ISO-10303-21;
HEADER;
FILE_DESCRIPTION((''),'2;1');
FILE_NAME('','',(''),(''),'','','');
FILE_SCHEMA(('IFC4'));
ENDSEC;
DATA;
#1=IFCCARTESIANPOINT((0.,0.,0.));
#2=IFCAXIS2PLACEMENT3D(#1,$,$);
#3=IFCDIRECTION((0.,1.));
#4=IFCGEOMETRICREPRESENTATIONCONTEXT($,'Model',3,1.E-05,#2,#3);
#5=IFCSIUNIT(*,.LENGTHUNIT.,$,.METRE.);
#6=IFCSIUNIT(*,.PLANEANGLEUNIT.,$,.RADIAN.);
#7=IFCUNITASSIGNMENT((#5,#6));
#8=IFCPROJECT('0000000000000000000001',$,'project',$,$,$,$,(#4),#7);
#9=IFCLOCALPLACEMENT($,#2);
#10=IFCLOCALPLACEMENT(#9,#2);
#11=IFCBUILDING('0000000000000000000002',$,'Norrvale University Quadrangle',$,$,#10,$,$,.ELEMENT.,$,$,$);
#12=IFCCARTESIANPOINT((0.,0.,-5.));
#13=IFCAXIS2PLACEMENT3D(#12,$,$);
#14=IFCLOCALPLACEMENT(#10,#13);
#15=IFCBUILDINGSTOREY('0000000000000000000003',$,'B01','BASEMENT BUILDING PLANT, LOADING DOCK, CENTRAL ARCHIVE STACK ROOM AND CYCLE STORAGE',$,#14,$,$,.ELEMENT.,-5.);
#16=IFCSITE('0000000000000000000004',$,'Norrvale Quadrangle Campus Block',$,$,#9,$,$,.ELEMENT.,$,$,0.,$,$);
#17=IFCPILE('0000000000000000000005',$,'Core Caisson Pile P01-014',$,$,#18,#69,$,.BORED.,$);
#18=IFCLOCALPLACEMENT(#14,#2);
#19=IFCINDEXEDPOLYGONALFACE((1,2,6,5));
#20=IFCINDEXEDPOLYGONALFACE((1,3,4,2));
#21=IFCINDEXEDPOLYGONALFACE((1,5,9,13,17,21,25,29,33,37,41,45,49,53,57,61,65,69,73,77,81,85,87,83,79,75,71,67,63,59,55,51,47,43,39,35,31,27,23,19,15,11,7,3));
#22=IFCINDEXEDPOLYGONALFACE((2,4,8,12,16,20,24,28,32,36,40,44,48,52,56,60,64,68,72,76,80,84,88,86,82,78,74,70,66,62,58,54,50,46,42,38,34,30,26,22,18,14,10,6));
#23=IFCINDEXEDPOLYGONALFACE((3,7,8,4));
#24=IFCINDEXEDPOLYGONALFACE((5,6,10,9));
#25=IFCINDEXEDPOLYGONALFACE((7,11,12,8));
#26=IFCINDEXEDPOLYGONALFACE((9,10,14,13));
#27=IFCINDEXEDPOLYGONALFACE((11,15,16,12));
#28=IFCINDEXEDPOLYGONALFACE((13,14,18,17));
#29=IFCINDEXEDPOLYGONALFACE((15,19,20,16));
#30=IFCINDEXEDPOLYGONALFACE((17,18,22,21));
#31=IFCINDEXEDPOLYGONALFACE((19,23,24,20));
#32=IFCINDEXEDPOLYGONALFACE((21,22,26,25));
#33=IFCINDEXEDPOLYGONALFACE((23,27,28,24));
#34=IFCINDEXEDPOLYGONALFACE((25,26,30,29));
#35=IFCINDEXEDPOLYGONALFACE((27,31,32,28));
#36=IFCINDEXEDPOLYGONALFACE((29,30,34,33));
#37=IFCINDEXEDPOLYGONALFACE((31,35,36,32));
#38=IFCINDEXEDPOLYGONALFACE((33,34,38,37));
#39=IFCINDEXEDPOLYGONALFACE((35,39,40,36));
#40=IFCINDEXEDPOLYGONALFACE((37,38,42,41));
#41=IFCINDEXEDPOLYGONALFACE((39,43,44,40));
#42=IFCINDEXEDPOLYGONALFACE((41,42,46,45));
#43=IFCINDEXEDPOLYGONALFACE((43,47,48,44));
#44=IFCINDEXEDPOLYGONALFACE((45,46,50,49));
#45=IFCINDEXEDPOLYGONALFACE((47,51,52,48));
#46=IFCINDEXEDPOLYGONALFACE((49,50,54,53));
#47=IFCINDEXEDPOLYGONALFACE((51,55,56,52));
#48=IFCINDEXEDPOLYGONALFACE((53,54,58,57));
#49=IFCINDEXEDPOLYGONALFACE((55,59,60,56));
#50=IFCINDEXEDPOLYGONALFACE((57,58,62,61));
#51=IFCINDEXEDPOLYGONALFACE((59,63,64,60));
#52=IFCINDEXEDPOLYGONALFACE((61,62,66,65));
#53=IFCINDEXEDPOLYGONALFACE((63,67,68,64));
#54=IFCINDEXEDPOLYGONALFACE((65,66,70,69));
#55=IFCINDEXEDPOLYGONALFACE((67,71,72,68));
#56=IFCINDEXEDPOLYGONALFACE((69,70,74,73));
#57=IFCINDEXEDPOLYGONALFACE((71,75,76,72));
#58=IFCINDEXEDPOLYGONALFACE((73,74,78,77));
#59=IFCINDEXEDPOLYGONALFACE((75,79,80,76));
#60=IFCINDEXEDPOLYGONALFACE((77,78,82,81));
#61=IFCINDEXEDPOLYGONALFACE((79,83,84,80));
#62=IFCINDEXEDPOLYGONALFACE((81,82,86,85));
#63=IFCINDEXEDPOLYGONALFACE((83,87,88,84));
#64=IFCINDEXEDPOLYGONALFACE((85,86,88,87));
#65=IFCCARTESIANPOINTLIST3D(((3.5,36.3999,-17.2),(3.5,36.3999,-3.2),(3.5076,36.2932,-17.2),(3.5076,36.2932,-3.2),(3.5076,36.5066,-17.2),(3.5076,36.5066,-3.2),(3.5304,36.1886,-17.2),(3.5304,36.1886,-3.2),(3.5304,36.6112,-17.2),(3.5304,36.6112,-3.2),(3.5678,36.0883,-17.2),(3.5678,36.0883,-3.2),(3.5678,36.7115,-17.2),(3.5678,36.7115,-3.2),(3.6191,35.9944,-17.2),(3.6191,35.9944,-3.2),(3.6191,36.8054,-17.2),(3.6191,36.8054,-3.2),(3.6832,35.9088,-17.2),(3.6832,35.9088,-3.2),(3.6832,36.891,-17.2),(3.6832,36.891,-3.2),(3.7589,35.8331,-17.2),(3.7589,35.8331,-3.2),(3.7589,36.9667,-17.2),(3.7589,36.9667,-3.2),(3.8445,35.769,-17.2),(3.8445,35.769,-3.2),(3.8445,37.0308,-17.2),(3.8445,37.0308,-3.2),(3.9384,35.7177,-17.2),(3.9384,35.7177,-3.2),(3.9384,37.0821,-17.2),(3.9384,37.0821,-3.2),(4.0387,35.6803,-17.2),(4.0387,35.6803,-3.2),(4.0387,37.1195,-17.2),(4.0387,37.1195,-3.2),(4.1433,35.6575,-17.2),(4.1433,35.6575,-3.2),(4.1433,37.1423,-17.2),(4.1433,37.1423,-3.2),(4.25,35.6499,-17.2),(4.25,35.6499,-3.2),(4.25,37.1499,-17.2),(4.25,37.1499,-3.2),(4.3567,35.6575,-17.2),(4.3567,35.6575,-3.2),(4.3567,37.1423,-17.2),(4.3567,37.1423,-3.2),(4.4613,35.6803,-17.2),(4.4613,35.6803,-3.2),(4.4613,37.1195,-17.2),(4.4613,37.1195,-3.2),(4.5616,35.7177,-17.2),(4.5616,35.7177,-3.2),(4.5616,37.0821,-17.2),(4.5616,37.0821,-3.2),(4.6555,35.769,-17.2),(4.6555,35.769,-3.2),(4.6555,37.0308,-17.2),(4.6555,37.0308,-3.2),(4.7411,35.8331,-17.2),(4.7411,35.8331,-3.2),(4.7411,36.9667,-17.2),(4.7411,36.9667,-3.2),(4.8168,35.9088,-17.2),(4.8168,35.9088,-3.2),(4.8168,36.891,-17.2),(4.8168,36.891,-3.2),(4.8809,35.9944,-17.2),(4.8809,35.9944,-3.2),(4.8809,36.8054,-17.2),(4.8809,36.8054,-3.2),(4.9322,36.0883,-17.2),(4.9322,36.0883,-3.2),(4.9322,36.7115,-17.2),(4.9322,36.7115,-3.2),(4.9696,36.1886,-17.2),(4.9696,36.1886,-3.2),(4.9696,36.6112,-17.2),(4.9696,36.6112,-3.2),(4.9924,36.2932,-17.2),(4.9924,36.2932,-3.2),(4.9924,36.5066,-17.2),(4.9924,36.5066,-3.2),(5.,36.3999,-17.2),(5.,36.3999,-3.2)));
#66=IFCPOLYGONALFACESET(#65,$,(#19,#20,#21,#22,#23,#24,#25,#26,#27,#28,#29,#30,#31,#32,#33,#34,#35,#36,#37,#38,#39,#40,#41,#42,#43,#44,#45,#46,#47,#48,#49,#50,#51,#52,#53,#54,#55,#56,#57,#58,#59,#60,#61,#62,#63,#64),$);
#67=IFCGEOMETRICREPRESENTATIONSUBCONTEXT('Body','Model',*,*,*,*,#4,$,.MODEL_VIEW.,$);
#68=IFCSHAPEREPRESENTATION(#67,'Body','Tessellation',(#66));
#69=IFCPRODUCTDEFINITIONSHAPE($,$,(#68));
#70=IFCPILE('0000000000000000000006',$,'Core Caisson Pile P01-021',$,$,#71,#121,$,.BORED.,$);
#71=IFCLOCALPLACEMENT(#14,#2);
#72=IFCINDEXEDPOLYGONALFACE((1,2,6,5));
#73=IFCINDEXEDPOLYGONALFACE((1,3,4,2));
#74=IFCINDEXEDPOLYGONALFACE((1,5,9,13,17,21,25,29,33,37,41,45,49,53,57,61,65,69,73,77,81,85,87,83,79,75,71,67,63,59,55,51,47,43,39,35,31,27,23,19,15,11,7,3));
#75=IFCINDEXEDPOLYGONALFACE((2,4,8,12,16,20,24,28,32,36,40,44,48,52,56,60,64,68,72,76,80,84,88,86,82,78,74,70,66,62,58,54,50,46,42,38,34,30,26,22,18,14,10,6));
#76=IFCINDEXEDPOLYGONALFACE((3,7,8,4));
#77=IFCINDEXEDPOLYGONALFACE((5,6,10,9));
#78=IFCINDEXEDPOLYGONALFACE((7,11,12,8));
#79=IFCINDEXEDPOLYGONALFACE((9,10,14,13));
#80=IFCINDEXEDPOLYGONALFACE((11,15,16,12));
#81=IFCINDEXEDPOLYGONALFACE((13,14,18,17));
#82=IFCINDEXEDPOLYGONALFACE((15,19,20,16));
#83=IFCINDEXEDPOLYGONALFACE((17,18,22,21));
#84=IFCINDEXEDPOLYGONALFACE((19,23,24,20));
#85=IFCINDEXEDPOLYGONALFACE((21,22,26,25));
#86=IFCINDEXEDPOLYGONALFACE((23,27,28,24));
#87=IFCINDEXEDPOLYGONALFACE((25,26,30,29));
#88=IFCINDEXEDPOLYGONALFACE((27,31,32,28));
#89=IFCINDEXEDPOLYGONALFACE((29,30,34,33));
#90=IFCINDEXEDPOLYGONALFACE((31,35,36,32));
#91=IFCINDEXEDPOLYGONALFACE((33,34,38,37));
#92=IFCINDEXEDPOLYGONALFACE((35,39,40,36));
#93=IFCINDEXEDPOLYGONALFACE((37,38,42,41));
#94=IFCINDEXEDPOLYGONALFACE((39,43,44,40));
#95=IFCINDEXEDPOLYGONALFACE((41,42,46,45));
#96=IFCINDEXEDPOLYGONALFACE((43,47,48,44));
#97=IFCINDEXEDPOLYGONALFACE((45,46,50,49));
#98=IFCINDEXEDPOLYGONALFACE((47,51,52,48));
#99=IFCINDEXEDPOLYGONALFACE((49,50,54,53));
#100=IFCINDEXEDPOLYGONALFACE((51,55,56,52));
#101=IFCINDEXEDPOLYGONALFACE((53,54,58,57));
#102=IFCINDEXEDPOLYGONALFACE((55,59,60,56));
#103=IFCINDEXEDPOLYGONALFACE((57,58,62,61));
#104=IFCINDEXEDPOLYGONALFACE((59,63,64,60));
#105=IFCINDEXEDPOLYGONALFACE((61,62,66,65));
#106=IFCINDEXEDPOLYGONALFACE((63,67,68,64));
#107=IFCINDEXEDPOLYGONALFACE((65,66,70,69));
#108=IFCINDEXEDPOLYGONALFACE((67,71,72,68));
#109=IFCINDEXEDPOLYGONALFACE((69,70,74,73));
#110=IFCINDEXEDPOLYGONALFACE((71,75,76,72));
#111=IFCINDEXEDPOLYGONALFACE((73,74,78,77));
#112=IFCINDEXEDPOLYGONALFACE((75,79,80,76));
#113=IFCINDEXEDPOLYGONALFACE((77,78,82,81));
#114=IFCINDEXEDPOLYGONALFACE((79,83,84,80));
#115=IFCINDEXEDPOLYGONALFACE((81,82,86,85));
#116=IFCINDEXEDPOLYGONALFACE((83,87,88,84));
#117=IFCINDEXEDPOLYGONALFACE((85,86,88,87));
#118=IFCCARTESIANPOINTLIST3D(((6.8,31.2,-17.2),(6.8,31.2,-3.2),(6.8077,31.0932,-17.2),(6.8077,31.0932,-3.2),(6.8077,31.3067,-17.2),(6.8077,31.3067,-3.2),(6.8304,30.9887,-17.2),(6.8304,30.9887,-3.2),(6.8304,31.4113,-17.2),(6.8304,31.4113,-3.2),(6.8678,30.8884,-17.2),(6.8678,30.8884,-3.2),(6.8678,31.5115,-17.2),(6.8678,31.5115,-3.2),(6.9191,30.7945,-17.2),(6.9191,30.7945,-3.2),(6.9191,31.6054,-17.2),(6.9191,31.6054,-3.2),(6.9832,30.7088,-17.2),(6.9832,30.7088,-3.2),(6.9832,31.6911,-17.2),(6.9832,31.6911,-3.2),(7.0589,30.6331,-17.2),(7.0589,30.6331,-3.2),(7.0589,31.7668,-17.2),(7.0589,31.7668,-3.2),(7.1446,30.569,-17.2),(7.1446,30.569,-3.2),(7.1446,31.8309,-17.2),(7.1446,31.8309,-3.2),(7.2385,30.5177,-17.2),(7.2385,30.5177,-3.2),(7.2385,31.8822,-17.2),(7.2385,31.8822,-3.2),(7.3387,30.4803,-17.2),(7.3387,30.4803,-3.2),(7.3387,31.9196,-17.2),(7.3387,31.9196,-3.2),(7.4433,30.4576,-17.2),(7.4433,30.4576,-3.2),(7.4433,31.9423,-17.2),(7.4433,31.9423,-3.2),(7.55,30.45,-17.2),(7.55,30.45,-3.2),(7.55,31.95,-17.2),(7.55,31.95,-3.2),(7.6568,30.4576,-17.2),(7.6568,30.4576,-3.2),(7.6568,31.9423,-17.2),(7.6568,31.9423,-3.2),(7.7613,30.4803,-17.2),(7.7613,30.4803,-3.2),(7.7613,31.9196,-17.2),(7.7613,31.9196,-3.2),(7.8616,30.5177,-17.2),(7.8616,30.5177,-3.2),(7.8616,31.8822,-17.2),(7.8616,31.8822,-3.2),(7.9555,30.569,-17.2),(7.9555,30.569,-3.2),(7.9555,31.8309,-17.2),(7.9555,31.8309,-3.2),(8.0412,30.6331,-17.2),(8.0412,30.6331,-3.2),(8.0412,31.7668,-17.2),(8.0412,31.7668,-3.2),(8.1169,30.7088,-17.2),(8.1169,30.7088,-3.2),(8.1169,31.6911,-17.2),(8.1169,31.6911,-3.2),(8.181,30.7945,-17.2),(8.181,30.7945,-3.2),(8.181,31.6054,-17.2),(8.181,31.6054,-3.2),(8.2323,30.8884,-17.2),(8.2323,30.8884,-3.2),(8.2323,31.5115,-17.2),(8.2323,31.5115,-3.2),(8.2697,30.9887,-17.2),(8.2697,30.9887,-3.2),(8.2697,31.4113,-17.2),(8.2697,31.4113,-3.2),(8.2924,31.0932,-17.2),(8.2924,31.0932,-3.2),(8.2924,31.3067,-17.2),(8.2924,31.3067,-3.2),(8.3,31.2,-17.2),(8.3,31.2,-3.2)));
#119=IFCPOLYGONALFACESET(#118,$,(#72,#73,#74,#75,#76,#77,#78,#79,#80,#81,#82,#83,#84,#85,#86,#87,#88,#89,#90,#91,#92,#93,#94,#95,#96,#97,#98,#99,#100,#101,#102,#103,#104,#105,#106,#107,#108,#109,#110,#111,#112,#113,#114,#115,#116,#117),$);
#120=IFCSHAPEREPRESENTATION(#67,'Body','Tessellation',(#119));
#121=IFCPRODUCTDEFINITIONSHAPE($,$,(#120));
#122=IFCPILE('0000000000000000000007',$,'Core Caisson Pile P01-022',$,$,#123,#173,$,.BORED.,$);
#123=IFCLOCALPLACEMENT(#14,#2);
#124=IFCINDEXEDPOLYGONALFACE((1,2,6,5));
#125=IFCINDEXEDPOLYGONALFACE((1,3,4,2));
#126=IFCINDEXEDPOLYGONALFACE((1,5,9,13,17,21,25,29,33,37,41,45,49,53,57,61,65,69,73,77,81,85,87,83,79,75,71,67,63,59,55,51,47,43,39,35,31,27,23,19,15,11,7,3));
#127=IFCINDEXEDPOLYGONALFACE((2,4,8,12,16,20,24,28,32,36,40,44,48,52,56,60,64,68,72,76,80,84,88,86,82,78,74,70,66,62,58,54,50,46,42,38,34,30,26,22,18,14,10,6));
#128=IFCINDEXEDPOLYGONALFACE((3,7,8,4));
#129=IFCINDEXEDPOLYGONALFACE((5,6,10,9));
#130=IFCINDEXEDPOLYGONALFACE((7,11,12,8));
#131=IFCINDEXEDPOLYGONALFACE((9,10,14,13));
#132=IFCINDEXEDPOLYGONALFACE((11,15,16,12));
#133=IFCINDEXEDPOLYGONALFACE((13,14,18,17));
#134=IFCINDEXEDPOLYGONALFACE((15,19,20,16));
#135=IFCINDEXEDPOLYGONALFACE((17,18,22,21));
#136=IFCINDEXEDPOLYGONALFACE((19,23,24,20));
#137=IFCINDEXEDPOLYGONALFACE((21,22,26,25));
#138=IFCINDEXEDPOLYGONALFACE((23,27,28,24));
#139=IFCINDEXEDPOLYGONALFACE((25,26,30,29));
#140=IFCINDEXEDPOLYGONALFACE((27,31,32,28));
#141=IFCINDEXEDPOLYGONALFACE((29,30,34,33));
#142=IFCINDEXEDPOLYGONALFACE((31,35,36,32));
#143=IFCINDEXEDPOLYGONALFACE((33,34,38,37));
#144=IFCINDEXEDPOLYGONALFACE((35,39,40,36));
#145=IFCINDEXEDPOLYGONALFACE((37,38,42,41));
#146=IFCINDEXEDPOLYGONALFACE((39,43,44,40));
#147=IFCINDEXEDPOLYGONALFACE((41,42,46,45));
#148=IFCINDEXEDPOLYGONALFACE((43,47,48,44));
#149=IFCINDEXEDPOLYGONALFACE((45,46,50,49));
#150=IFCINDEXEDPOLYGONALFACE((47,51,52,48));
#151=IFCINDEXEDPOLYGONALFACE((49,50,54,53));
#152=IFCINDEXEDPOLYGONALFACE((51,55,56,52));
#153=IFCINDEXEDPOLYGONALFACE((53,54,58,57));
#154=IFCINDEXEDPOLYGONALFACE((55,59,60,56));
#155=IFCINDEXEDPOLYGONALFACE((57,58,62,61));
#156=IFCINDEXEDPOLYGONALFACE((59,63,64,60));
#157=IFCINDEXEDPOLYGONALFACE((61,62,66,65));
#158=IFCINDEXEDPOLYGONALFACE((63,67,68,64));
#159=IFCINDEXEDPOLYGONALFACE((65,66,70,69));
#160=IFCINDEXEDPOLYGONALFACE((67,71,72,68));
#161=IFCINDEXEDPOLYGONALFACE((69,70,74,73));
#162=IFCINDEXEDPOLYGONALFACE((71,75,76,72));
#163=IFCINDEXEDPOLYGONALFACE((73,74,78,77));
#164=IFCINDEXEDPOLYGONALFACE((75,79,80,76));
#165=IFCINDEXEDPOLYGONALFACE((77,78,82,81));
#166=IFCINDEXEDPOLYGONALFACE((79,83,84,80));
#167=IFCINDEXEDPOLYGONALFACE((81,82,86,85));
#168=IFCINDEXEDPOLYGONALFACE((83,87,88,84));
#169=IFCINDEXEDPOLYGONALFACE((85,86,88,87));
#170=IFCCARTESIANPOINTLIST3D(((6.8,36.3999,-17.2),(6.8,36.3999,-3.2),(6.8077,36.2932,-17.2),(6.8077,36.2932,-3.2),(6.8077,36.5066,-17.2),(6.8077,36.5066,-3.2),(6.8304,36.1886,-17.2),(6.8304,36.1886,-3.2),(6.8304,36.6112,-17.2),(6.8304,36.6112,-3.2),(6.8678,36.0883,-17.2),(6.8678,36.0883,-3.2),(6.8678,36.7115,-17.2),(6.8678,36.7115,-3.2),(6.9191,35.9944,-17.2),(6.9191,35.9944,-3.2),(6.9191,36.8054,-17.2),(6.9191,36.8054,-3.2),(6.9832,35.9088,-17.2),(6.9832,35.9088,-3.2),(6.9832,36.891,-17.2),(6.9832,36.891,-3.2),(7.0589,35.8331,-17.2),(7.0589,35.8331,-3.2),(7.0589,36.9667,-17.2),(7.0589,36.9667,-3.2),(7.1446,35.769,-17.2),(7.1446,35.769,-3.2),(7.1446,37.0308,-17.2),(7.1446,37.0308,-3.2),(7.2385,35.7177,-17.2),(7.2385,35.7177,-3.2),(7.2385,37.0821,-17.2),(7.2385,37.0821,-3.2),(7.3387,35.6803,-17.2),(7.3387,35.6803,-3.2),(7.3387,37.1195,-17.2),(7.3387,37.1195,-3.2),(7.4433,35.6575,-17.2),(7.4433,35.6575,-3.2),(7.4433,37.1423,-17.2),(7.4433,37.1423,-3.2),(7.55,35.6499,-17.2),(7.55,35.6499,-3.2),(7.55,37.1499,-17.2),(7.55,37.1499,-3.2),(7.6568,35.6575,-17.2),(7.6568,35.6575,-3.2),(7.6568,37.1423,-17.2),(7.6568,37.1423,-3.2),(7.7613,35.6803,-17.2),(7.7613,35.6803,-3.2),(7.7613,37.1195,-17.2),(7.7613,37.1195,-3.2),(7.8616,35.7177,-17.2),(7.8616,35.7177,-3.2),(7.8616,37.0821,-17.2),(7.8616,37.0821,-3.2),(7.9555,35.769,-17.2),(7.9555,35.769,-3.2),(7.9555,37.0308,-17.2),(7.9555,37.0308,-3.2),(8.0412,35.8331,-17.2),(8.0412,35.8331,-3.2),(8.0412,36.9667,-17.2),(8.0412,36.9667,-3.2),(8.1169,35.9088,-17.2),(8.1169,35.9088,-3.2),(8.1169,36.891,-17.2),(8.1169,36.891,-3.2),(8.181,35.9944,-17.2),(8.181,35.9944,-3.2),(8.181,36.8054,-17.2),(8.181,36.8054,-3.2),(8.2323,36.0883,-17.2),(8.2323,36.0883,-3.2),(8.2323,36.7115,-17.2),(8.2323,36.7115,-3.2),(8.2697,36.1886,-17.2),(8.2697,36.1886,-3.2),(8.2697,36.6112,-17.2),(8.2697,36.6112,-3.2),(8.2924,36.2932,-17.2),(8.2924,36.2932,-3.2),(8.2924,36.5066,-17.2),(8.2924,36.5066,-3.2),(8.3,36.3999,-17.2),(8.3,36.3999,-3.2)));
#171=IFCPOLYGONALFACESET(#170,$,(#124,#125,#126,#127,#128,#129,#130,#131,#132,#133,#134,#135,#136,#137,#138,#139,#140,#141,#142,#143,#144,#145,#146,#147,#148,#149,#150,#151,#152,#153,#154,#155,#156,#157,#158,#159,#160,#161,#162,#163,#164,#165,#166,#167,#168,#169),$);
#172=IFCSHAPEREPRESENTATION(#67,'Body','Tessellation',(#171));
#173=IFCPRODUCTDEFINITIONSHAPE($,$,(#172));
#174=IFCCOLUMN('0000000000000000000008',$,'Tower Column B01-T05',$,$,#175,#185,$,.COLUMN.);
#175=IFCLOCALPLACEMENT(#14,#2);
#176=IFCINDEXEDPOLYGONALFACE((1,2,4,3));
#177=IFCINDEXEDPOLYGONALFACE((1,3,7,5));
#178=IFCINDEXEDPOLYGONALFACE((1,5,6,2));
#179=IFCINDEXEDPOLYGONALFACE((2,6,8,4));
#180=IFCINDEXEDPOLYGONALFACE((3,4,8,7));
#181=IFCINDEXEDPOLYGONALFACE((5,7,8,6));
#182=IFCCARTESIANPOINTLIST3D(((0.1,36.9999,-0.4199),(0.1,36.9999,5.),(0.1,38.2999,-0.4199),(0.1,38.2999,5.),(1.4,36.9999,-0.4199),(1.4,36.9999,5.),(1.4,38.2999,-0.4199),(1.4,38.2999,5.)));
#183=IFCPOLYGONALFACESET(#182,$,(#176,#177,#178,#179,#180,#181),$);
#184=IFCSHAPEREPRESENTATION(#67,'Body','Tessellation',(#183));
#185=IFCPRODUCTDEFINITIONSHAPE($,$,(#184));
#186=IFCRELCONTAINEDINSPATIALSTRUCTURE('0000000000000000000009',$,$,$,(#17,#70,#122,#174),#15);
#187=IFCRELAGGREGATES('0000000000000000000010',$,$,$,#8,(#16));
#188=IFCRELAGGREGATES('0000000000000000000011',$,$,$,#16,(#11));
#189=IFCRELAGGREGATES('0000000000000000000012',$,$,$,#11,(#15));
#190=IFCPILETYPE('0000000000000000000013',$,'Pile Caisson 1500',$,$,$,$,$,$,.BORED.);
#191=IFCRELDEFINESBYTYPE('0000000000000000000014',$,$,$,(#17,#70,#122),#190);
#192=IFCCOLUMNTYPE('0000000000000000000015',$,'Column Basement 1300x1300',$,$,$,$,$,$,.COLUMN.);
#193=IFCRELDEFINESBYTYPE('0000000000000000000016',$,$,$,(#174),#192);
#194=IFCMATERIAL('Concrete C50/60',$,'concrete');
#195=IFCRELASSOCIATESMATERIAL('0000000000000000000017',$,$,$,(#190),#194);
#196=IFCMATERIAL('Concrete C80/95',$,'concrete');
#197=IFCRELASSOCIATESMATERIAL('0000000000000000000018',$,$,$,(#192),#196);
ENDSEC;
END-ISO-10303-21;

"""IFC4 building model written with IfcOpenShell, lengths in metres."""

from ifc_helpers import new_model, si_unit, direction, frame, origin, origin_2d, place, context, subcontext, project, spatial, rectangle, circle, extrude, material, material_profile, profile_set, type_object, element, save


model = new_model("IFC4")

# Units and contexts
model_context = context("Model", 3, precision=1e-05, world=origin(), true_north=direction((0.0, 1.0)))
body_context = subcontext(model_context, "Body", "Model", "MODEL_VIEW")
ifc_project = project(units=[si_unit("LENGTHUNIT", "METRE"), si_unit("PLANEANGLEUNIT", "RADIAN")], contexts=[model_context])

# Site, building, storey
site_placement = place(None, origin())
site = spatial("IfcSite", under=ifc_project, at=site_placement, Name="Norrvale Quadrangle Campus Block", CompositionType="ELEMENT", RefElevation=0.0)
building_placement = place(site_placement, origin())
building = spatial("IfcBuilding", under=site, at=building_placement, Name="Norrvale University Quadrangle", CompositionType="ELEMENT")
storey_placement = place(building_placement, frame((0.0, 0.0, -5.0)))
storey = spatial("IfcBuildingStorey", under=building, at=storey_placement, Name="B01", Description="BASEMENT BUILDING PLANT, LOADING DOCK, CENTRAL ARCHIVE STACK ROOM AND CYCLE STORAGE", CompositionType="ELEMENT", Elevation=-5.0)

# Piles
ifc_material_1 = material(Name="Concrete C50/60", Category="concrete")
ifc_material_profile_1 = material_profile(ifc_material_1, circle(Radius=0.75, at=origin_2d()), Name="Concrete C50/60")
ifc_profile_set_1 = profile_set([ifc_material_profile_1], Name="Concrete C50/60")
pile_type = type_object("IfcPileType", Name="Pile Caisson 1500", PredefinedType="BORED", material=ifc_profile_set_1)
for number, where, z_axis, x_axis, name in (
    (1, (4.25, 36.3999, -3.2), (0.0, 0.0, -1.0), (1.0, 0.0, 0.0), "Core Caisson Pile P01-014"),
    (2, (7.55, 31.2, -3.2), (0.0, 0.0, -1.0), (1.0, 0.0, 0.0), "Core Caisson Pile P01-021"),
    (3, (7.55, 36.3999, -3.2), (0.0, 0.0, -1.0), (1.0, 0.0, 0.0), "Core Caisson Pile P01-022"),
):
    element("IfcPile", number, at=place(storey_placement, frame(where, z_axis=z_axis, x_axis=x_axis)), inside=storey, type_object=pile_type, Name=name, PredefinedType="BORED", context=body_context, shape_type="SweptSolid", body=[
        extrude(circle(Radius=0.75, at=origin_2d()), origin(), (0.0, 0.0, 1.0), 14.0),
    ])

# Column
ifc_material_2 = material(Name="Concrete C80/95", Category="concrete")
ifc_material_profile_2 = material_profile(ifc_material_2, rectangle(XDim=1.3, YDim=1.3, at=origin_2d()), Name="Concrete C80/95")
ifc_profile_set_2 = profile_set([ifc_material_profile_2], Name="Concrete C80/95")
column_type = type_object("IfcColumnType", Name="Column Basement 1300x1300", PredefinedType="COLUMN", material=ifc_profile_set_2)
column_placement = place(storey_placement, frame((0.75, 37.6499, -0.4199), z_axis=(0.0, 0.0, 1.0), x_axis=(1.0, 0.0, 0.0)))
element("IfcColumn", 4, at=column_placement, inside=storey, type_object=column_type, Name="Tower Column B01-T05", PredefinedType="COLUMN", context=body_context, shape_type="SweptSolid", body=[
    extrude(rectangle(XDim=1.3, YDim=1.3, at=origin_2d()), origin(), (0.0, 0.0, 1.0), 5.4199),
])

save(model, "model.ifc")
